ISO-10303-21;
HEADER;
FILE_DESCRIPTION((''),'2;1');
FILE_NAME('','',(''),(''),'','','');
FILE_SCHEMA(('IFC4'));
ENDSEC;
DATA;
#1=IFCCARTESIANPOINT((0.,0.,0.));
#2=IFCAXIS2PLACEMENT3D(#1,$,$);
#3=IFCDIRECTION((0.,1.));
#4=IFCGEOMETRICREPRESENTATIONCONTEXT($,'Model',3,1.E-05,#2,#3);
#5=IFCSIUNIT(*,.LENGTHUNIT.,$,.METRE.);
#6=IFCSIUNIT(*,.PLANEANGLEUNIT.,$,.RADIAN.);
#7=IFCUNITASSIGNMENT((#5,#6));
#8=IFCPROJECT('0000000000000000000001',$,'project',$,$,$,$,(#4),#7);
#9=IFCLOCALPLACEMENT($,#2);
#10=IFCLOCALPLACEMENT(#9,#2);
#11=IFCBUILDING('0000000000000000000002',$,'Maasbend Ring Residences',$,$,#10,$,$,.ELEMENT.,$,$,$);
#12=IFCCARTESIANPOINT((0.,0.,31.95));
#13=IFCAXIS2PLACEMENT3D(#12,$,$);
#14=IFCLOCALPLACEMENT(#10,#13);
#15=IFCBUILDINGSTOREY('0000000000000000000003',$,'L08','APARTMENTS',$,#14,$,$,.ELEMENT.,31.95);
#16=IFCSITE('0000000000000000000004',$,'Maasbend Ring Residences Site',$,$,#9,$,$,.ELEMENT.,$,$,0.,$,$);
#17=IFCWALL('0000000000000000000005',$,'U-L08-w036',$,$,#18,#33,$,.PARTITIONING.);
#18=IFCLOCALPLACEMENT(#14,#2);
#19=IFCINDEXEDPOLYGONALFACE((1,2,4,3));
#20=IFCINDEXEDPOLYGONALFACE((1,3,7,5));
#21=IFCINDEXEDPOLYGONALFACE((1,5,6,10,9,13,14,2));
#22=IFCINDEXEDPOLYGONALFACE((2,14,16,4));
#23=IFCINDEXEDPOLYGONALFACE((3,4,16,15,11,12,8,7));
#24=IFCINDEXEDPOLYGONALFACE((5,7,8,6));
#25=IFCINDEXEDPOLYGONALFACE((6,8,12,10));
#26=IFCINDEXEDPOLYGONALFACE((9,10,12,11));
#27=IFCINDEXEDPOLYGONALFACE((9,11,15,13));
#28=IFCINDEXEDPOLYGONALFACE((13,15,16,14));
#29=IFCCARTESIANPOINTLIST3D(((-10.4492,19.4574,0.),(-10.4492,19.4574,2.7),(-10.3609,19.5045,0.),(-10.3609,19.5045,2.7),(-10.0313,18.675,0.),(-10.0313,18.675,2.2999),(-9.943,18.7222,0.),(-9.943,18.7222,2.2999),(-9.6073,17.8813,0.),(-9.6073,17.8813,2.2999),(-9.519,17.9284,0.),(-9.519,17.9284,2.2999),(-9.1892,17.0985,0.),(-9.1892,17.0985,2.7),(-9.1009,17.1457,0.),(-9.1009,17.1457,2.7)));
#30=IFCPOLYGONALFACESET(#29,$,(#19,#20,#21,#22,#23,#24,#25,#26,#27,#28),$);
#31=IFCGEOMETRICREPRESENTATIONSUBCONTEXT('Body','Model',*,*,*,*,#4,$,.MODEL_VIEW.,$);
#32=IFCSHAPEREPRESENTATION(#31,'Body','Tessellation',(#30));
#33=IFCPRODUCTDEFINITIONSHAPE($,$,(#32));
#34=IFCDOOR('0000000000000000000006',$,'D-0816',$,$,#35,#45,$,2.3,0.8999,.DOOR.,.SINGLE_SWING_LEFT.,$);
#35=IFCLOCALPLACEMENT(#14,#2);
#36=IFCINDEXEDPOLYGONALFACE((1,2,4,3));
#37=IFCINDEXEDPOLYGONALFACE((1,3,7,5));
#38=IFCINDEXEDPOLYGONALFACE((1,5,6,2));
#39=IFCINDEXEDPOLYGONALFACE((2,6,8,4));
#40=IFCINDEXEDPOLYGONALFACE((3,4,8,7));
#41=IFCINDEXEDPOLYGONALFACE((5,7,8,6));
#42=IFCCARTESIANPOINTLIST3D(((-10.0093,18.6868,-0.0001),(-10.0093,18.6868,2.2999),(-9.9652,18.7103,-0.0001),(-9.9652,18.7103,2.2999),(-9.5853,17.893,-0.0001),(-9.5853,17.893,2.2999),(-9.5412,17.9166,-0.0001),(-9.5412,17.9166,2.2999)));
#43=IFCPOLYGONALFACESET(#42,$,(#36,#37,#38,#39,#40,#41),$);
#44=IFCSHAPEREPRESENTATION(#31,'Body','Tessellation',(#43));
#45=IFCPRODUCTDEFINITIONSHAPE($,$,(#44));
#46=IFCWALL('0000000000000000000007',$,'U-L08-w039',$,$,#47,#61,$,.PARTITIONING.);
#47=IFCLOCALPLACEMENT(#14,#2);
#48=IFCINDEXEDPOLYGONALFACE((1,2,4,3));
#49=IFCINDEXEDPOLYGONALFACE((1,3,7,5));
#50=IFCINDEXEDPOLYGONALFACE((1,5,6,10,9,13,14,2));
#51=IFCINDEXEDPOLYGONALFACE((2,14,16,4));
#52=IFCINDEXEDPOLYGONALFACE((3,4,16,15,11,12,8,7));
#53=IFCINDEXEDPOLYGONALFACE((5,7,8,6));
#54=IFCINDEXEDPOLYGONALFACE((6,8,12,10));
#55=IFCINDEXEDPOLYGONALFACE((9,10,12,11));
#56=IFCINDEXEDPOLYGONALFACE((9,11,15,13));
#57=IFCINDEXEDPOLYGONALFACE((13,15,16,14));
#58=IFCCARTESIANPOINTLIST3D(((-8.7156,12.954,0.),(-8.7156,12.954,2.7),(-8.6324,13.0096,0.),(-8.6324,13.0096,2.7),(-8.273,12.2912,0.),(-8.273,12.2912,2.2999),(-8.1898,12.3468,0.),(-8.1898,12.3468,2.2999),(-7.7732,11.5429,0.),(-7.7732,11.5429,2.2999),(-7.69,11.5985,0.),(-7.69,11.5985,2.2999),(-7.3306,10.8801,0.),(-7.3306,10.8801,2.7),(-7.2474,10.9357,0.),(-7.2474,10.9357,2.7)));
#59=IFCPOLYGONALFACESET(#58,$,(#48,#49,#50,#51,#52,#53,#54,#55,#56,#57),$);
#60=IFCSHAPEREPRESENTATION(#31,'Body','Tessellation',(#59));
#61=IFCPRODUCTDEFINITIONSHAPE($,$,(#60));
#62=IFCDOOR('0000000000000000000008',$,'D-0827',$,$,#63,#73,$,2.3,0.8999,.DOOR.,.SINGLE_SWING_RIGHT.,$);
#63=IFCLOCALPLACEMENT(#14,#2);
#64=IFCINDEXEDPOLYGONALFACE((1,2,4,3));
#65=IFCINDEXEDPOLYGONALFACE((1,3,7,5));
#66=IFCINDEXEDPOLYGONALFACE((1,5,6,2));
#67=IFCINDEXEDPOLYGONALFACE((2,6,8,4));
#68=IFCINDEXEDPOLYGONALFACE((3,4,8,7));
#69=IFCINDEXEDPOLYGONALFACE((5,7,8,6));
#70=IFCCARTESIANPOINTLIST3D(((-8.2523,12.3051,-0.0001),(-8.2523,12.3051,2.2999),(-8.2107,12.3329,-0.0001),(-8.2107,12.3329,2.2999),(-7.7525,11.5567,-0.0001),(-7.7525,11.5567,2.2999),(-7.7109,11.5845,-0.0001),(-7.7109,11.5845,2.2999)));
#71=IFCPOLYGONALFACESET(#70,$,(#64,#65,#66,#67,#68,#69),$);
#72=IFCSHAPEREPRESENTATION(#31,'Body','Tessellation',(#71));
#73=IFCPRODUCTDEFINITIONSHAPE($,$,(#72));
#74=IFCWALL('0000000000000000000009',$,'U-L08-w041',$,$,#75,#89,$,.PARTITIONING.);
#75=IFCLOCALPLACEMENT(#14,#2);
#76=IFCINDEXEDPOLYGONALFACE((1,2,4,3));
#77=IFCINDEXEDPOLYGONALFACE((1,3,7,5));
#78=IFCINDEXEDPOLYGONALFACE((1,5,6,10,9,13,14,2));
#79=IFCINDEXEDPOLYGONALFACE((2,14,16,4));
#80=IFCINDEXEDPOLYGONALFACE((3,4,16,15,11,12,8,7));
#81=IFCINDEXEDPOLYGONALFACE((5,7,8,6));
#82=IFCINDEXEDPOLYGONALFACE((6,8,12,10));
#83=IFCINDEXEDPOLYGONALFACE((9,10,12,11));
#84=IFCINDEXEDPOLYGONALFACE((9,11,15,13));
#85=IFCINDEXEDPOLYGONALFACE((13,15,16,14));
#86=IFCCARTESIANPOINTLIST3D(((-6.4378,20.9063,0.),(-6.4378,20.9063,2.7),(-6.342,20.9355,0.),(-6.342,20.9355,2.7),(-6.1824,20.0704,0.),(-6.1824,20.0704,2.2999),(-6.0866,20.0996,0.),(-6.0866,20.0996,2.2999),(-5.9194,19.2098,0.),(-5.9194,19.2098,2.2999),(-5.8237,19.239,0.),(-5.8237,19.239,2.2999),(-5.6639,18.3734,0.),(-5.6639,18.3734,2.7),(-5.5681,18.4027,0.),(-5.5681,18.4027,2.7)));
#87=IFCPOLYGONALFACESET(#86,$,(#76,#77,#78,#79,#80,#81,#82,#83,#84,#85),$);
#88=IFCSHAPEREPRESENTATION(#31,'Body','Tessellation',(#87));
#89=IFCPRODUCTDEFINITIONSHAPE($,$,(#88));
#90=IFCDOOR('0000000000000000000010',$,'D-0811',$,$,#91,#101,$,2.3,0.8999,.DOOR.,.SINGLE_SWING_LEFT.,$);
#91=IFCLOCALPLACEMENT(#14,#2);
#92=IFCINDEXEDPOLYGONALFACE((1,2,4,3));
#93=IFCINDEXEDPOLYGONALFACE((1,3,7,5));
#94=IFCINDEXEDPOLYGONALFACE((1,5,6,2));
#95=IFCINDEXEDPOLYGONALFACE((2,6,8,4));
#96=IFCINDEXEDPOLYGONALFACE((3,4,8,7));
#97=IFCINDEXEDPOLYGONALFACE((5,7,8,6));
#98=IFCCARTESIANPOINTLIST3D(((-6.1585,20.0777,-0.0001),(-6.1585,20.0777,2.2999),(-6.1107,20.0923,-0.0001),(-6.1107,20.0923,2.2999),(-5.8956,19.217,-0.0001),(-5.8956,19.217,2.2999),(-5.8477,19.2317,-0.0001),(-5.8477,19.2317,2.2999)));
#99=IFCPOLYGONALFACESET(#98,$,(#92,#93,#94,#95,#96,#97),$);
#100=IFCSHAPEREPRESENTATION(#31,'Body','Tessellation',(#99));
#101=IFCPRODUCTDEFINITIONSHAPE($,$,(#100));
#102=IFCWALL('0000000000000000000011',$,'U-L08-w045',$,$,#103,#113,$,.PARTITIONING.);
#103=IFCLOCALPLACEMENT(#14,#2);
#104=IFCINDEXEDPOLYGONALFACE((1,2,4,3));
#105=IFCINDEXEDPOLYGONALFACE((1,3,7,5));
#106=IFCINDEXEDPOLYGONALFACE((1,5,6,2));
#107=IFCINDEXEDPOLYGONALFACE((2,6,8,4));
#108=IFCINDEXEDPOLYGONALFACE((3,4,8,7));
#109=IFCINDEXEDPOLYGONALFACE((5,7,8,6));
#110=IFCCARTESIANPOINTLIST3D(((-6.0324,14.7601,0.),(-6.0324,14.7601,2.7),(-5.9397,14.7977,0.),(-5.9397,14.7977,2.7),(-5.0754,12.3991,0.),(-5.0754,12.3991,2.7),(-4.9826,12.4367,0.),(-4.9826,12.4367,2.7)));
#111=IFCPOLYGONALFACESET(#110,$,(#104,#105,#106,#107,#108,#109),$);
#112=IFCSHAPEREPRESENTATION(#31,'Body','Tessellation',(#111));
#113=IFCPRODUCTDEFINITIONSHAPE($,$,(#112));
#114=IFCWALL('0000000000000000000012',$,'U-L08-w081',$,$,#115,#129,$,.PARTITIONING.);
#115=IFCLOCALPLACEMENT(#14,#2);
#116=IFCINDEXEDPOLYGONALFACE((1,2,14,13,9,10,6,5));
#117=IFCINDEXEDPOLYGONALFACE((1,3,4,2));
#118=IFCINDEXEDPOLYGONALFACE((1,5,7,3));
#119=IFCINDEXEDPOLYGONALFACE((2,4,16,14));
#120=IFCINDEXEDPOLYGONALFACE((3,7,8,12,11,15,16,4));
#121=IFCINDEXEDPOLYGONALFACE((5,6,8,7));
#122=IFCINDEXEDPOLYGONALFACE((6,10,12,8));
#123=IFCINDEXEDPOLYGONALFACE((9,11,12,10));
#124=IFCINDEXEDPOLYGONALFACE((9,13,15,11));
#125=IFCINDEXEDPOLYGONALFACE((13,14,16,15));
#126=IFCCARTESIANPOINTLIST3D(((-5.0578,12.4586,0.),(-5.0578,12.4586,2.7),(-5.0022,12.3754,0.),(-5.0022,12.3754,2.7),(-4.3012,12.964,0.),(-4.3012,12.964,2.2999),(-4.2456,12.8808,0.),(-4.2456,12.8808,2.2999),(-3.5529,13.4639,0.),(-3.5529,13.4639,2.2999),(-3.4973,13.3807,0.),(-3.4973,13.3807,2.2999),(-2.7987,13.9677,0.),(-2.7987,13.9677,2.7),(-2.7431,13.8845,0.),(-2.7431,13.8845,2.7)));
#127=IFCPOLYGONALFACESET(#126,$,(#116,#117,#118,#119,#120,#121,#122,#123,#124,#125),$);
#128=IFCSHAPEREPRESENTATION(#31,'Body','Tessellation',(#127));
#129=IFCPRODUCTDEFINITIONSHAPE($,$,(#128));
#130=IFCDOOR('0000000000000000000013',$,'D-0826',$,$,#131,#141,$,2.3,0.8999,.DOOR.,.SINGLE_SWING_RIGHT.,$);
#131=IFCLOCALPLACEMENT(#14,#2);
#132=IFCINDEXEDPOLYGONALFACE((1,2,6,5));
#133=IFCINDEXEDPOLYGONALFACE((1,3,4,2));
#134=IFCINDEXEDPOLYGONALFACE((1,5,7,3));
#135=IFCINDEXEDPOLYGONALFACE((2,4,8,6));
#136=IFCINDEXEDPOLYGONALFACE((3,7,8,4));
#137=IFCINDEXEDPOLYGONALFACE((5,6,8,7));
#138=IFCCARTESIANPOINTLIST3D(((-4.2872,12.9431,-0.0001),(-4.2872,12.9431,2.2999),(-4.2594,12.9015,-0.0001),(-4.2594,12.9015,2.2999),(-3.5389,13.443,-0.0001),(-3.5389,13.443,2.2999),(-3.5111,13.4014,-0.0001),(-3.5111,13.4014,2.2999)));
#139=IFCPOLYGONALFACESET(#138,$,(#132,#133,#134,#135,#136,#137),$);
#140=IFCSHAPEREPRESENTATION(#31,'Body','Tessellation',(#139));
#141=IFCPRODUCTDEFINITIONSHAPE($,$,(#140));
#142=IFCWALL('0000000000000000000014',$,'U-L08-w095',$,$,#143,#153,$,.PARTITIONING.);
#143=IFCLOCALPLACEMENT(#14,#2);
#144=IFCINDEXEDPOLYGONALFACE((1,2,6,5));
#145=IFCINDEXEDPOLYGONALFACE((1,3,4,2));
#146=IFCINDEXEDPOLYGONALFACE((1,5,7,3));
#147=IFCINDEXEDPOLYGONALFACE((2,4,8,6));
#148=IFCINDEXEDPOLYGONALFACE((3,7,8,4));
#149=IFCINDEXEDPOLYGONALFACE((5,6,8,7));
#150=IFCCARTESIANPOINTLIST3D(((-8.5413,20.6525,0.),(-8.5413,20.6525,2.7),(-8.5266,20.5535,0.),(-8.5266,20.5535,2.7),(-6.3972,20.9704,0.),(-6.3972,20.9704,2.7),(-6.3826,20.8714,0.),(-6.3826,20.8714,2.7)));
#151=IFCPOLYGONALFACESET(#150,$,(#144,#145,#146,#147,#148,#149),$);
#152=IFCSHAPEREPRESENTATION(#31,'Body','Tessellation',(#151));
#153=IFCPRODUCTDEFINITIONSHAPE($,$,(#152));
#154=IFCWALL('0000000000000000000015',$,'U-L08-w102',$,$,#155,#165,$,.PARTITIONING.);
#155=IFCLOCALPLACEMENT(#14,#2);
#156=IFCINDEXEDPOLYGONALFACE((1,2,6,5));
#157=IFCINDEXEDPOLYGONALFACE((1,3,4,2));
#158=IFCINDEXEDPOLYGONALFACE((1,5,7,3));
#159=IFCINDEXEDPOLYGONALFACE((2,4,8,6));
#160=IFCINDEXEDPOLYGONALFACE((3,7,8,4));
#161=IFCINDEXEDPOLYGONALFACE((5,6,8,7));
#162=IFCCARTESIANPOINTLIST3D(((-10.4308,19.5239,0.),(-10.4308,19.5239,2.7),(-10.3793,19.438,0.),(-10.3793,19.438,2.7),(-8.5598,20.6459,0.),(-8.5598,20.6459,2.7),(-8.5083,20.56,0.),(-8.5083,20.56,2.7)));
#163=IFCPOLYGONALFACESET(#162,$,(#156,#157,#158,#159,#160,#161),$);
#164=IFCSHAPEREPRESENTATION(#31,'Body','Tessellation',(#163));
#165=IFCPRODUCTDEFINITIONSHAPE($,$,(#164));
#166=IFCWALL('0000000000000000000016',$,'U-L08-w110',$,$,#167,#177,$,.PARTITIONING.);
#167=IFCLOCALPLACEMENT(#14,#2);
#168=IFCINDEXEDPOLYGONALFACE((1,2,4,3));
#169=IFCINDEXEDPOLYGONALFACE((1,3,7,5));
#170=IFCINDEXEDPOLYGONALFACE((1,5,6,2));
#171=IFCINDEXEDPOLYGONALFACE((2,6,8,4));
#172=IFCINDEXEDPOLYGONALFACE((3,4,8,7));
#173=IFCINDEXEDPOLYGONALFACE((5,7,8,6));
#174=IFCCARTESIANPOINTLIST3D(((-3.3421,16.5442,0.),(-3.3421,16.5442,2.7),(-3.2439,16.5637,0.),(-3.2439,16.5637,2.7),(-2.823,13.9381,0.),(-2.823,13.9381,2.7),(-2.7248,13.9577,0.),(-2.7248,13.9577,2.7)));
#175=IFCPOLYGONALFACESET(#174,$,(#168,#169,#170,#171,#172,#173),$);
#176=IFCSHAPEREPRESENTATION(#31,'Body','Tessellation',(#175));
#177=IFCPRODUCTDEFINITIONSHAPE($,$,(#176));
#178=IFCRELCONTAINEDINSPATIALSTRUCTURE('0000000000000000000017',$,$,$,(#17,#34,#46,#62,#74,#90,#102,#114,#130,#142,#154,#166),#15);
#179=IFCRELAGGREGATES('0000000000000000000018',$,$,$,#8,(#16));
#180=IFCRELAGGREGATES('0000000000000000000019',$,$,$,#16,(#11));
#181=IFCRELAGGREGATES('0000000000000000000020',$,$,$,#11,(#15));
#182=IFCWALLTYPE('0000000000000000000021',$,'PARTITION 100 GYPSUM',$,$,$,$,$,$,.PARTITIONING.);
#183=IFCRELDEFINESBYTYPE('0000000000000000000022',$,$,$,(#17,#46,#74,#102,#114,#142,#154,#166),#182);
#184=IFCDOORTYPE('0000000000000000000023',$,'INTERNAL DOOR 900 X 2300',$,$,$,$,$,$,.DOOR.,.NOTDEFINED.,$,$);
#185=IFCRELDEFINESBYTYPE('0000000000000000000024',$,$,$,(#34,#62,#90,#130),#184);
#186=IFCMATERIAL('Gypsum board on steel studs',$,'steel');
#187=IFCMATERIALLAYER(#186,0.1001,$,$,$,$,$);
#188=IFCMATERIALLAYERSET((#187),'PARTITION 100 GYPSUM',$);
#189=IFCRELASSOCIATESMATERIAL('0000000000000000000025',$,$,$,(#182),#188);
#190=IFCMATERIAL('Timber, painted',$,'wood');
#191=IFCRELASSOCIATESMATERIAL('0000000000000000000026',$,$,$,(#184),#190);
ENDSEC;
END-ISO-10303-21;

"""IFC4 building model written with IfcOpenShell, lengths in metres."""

from ifc_helpers import new_model, si_unit, direction, frame, frame_2d, origin, place, context, subcontext, project, spatial, rectangle, extrude, material, layer, layer_set, type_object, element, fill, save


model = new_model("IFC4")

# Units and contexts
model_context = context("Model", 3, precision=1e-05, world=origin(), true_north=direction((0.0, 1.0)))
body_context = subcontext(model_context, "Body", "Model", "MODEL_VIEW")
ifc_project = project(units=[si_unit("LENGTHUNIT", "METRE"), si_unit("PLANEANGLEUNIT", "RADIAN")], contexts=[model_context])

# Site, building, storey
site_placement = place(None, origin())
site = spatial("IfcSite", under=ifc_project, at=site_placement, Name="Maasbend Ring Residences Site", CompositionType="ELEMENT", RefElevation=0.0)
building_placement = place(site_placement, origin())
building = spatial("IfcBuilding", under=site, at=building_placement, Name="Maasbend Ring Residences", CompositionType="ELEMENT")
storey_placement = place(building_placement, frame((0.0, 0.0, 31.95)))
storey = spatial("IfcBuildingStorey", under=building, at=storey_placement, Name="L08", Description="APARTMENTS", CompositionType="ELEMENT", Elevation=31.95)

# Walls, openings, doors
ifc_material_1 = material(Name="Gypsum board on steel studs", Category="steel")
ifc_layer_1 = layer(ifc_material_1, 0.1001)
ifc_layer_set_1 = layer_set([ifc_layer_1], Name="PARTITION 100 GYPSUM")
wall_type_1 = type_object("IfcWallType", Name="PARTITION 100 GYPSUM", PredefinedType="PARTITIONING", material=ifc_layer_set_1)
wall_1_placement = place(storey_placement, frame((-10.405, 19.481, 0.0), z_axis=(0.0, 0.0, 1.0), x_axis=(0.471152, -0.882052, 0.0)))
wall_1 = element("IfcWall", 1, at=wall_1_placement, inside=storey, type_object=wall_type_1, Name="U-L08-w036", PredefinedType="PARTITIONING", context=body_context, shape_type="SweptSolid", body=[
    extrude(rectangle(XDim=2.6743, YDim=0.1001, at=frame_2d((1.3372, 0.0))), origin(), (0.0, 0.0, 1.0), 2.7),
])
opening_1_placement = place(wall_1_placement, frame((0.887, 0.0, 0.0)))
opening_1 = element("IfcOpeningElement", 2, at=opening_1_placement, cuts=wall_1, PredefinedType="OPENING", context=body_context, shape_type="SweptSolid", body=[
    extrude(rectangle(XDim=0.8999, YDim=2.3, at=frame_2d((0.45, 1.1499))), frame((0.0, 0.0601, 0.0), z_axis=(0.0, -1.0, 0.0), x_axis=(1.0, 0.0, 0.0)), (0.0, 0.0, 1.0), 0.1201),
])
ifc_material_2 = material(Name="Timber, painted", Category="wood")
door_type_1 = type_object("IfcDoorType", Name="INTERNAL DOOR 900 X 2300", OperationType="NOTDEFINED", PredefinedType="DOOR", material=ifc_material_2)
door_1_placement = place(opening_1_placement, origin())
door_1 = element("IfcDoor", 3, at=door_1_placement, inside=storey, type_object=door_type_1, Name="D-0816", OperationType="SINGLE_SWING_LEFT", OverallHeight=2.3, OverallWidth=0.8999, PredefinedType="DOOR", context=body_context, shape_type="SweptSolid", body=[
    extrude(rectangle(XDim=0.8999, YDim=2.3, at=frame_2d((0.45, 1.1499))), frame((0.0, 0.0249, 0.0), z_axis=(0.0, -1.0, 0.0), x_axis=(1.0, 0.0, 0.0)), (0.0, 0.0, 1.0), 0.05),
])
fill(opening_1, door_1)
wall_2_placement = place(storey_placement, frame((-8.6741, 12.9819, 0.0), z_axis=(0.0, 0.0, 1.0), x_axis=(0.555355, -0.831613, 0.0)))
wall_2 = element("IfcWall", 4, at=wall_2_placement, inside=storey, type_object=wall_type_1, Name="U-L08-w039", PredefinedType="PARTITIONING", context=body_context, shape_type="SweptSolid", body=[
    extrude(rectangle(XDim=2.4939, YDim=0.1001, at=frame_2d((1.2471, 0.0))), origin(), (0.0, 0.0, 1.0), 2.7),
])
opening_2_placement = place(wall_2_placement, frame((0.7971, 0.0, 0.0)))
opening_2 = element("IfcOpeningElement", 5, at=opening_2_placement, cuts=wall_2, PredefinedType="OPENING", context=body_context, shape_type="SweptSolid", body=[
    extrude(rectangle(XDim=0.8999, YDim=2.3, at=frame_2d((0.45, 1.1499))), frame((0.0, 0.0601, 0.0), z_axis=(0.0, -1.0, 0.0), x_axis=(1.0, 0.0, 0.0)), (0.0, 0.0, 1.0), 0.1201),
])
door_2_placement = place(opening_2_placement, origin())
door_2 = element("IfcDoor", 6, at=door_2_placement, inside=storey, type_object=door_type_1, Name="D-0827", OperationType="SINGLE_SWING_RIGHT", OverallHeight=2.3, OverallWidth=0.8999, PredefinedType="DOOR", context=body_context, shape_type="SweptSolid", body=[
    extrude(rectangle(XDim=0.8999, YDim=2.3, at=frame_2d((0.45, 1.1499))), frame((0.0, 0.0249, 0.0), z_axis=(0.0, -1.0, 0.0), x_axis=(1.0, 0.0, 0.0)), (0.0, 0.0, 1.0), 0.05),
])
fill(opening_2, door_2)
wall_3_placement = place(storey_placement, frame((-6.3899, 20.9209, 0.0), z_axis=(0.0, 0.0, 1.0), x_axis=(0.292207, -0.956355, 0.0)))
wall_3 = element("IfcWall", 7, at=wall_3_placement, inside=storey, type_object=wall_type_1, Name="U-L08-w041", PredefinedType="PARTITIONING", context=body_context, shape_type="SweptSolid", body=[
    extrude(rectangle(XDim=2.6484, YDim=0.1001, at=frame_2d((1.3242, 0.0))), origin(), (0.0, 0.0, 1.0), 2.7),
])
opening_3_placement = place(wall_3_placement, frame((0.874, 0.0, 0.0)))
opening_3 = element("IfcOpeningElement", 8, at=opening_3_placement, cuts=wall_3, PredefinedType="OPENING", context=body_context, shape_type="SweptSolid", body=[
    extrude(rectangle(XDim=0.8999, YDim=2.3, at=frame_2d((0.45, 1.1499))), frame((0.0, 0.0601, 0.0), z_axis=(0.0, -1.0, 0.0), x_axis=(1.0, 0.0, 0.0)), (0.0, 0.0, 1.0), 0.1201),
])
door_3_placement = place(opening_3_placement, origin())
door_3 = element("IfcDoor", 9, at=door_3_placement, inside=storey, type_object=door_type_1, Name="D-0811", OperationType="SINGLE_SWING_LEFT", OverallHeight=2.3, OverallWidth=0.8999, PredefinedType="DOOR", context=body_context, shape_type="SweptSolid", body=[
    extrude(rectangle(XDim=0.8999, YDim=2.3, at=frame_2d((0.45, 1.1499))), frame((0.0, 0.0249, 0.0), z_axis=(0.0, -1.0, 0.0), x_axis=(1.0, 0.0, 0.0)), (0.0, 0.0, 1.0), 0.05),
])
fill(opening_3, door_3)

# Wall
wall_4_placement = place(storey_placement, frame((-5.9861, 14.7791, 0.0), z_axis=(0.0, 0.0, 1.0), x_axis=(0.375649, -0.926762, 0.0)))
element("IfcWall", 10, at=wall_4_placement, inside=storey, type_object=wall_type_1, Name="U-L08-w045", PredefinedType="PARTITIONING", context=body_context, shape_type="SweptSolid", body=[
    extrude(rectangle(XDim=2.5476, YDim=0.1001, at=frame_2d((1.2739, 0.0))), origin(), (0.0, 0.0, 1.0), 2.7),
])

# Wall, opening, door
wall_5_placement = place(storey_placement, frame((-5.03, 12.417, 0.0), z_axis=(0.0, 0.0, 1.0), x_axis=(0.831538, 0.555467, 0.0)))
wall_5 = element("IfcWall", 11, at=wall_5_placement, inside=storey, type_object=wall_type_1, Name="U-L08-w081", PredefinedType="PARTITIONING", context=body_context, shape_type="SweptSolid", body=[
    extrude(rectangle(XDim=2.7168, YDim=0.1001, at=frame_2d((1.3584, 0.0))), origin(), (0.0, 0.0, 1.0), 2.7),
])
opening_4_placement = place(wall_5_placement, frame((0.9099, 0.0, 0.0)))
opening_4 = element("IfcOpeningElement", 12, at=opening_4_placement, cuts=wall_5, PredefinedType="OPENING", context=body_context, shape_type="SweptSolid", body=[
    extrude(rectangle(XDim=0.8999, YDim=2.3, at=frame_2d((0.45, 1.1499))), frame((0.0, 0.0601, 0.0), z_axis=(0.0, -1.0, 0.0), x_axis=(1.0, 0.0, 0.0)), (0.0, 0.0, 1.0), 0.1201),
])
door_4_placement = place(opening_4_placement, origin())
door_4 = element("IfcDoor", 13, at=door_4_placement, inside=storey, type_object=door_type_1, Name="D-0826", OperationType="SINGLE_SWING_RIGHT", OverallHeight=2.3, OverallWidth=0.8999, PredefinedType="DOOR", context=body_context, shape_type="SweptSolid", body=[
    extrude(rectangle(XDim=0.8999, YDim=2.3, at=frame_2d((0.45, 1.1499))), frame((0.0, 0.0249, 0.0), z_axis=(0.0, -1.0, 0.0), x_axis=(1.0, 0.0, 0.0)), (0.0, 0.0, 1.0), 0.05),
])
fill(opening_4, door_4)

# Walls
wall_6_placement = place(storey_placement, frame((-8.5339, 20.603, 0.0), z_axis=(0.0, 0.0, 1.0), x_axis=(0.989188, 0.146655, 0.0)))
element("IfcWall", 14, at=wall_6_placement, inside=storey, type_object=wall_type_1, Name="U-L08-w095", PredefinedType="PARTITIONING", context=body_context, shape_type="SweptSolid", body=[
    extrude(rectangle(XDim=2.1675, YDim=0.1001, at=frame_2d((1.0837, 0.0))), origin(), (0.0, 0.0, 1.0), 2.7),
])
wall_7_placement = place(storey_placement, frame((-10.405, 19.481, 0.0), z_axis=(0.0, 0.0, 1.0), x_axis=(0.857611, 0.514298, 0.0)))
element("IfcWall", 15, at=wall_7_placement, inside=storey, type_object=wall_type_1, Name="U-L08-w102", PredefinedType="PARTITIONING", context=body_context, shape_type="SweptSolid", body=[
    extrude(rectangle(XDim=2.1816, YDim=0.1001, at=frame_2d((1.0908, 0.0))), origin(), (0.0, 0.0, 1.0), 2.7),
])
wall_8_placement = place(storey_placement, frame((-3.293, 16.554, 0.0), z_axis=(0.0, 0.0, 1.0), x_axis=(0.195339, -0.980736, 0.0)))
element("IfcWall", 16, at=wall_8_placement, inside=storey, type_object=wall_type_1, Name="U-L08-w110", PredefinedType="PARTITIONING", context=body_context, shape_type="SweptSolid", body=[
    extrude(rectangle(XDim=2.6572, YDim=0.1001, at=frame_2d((1.3286, 0.0))), origin(), (0.0, 0.0, 1.0), 2.7),
])

save(model, "model.ifc")
